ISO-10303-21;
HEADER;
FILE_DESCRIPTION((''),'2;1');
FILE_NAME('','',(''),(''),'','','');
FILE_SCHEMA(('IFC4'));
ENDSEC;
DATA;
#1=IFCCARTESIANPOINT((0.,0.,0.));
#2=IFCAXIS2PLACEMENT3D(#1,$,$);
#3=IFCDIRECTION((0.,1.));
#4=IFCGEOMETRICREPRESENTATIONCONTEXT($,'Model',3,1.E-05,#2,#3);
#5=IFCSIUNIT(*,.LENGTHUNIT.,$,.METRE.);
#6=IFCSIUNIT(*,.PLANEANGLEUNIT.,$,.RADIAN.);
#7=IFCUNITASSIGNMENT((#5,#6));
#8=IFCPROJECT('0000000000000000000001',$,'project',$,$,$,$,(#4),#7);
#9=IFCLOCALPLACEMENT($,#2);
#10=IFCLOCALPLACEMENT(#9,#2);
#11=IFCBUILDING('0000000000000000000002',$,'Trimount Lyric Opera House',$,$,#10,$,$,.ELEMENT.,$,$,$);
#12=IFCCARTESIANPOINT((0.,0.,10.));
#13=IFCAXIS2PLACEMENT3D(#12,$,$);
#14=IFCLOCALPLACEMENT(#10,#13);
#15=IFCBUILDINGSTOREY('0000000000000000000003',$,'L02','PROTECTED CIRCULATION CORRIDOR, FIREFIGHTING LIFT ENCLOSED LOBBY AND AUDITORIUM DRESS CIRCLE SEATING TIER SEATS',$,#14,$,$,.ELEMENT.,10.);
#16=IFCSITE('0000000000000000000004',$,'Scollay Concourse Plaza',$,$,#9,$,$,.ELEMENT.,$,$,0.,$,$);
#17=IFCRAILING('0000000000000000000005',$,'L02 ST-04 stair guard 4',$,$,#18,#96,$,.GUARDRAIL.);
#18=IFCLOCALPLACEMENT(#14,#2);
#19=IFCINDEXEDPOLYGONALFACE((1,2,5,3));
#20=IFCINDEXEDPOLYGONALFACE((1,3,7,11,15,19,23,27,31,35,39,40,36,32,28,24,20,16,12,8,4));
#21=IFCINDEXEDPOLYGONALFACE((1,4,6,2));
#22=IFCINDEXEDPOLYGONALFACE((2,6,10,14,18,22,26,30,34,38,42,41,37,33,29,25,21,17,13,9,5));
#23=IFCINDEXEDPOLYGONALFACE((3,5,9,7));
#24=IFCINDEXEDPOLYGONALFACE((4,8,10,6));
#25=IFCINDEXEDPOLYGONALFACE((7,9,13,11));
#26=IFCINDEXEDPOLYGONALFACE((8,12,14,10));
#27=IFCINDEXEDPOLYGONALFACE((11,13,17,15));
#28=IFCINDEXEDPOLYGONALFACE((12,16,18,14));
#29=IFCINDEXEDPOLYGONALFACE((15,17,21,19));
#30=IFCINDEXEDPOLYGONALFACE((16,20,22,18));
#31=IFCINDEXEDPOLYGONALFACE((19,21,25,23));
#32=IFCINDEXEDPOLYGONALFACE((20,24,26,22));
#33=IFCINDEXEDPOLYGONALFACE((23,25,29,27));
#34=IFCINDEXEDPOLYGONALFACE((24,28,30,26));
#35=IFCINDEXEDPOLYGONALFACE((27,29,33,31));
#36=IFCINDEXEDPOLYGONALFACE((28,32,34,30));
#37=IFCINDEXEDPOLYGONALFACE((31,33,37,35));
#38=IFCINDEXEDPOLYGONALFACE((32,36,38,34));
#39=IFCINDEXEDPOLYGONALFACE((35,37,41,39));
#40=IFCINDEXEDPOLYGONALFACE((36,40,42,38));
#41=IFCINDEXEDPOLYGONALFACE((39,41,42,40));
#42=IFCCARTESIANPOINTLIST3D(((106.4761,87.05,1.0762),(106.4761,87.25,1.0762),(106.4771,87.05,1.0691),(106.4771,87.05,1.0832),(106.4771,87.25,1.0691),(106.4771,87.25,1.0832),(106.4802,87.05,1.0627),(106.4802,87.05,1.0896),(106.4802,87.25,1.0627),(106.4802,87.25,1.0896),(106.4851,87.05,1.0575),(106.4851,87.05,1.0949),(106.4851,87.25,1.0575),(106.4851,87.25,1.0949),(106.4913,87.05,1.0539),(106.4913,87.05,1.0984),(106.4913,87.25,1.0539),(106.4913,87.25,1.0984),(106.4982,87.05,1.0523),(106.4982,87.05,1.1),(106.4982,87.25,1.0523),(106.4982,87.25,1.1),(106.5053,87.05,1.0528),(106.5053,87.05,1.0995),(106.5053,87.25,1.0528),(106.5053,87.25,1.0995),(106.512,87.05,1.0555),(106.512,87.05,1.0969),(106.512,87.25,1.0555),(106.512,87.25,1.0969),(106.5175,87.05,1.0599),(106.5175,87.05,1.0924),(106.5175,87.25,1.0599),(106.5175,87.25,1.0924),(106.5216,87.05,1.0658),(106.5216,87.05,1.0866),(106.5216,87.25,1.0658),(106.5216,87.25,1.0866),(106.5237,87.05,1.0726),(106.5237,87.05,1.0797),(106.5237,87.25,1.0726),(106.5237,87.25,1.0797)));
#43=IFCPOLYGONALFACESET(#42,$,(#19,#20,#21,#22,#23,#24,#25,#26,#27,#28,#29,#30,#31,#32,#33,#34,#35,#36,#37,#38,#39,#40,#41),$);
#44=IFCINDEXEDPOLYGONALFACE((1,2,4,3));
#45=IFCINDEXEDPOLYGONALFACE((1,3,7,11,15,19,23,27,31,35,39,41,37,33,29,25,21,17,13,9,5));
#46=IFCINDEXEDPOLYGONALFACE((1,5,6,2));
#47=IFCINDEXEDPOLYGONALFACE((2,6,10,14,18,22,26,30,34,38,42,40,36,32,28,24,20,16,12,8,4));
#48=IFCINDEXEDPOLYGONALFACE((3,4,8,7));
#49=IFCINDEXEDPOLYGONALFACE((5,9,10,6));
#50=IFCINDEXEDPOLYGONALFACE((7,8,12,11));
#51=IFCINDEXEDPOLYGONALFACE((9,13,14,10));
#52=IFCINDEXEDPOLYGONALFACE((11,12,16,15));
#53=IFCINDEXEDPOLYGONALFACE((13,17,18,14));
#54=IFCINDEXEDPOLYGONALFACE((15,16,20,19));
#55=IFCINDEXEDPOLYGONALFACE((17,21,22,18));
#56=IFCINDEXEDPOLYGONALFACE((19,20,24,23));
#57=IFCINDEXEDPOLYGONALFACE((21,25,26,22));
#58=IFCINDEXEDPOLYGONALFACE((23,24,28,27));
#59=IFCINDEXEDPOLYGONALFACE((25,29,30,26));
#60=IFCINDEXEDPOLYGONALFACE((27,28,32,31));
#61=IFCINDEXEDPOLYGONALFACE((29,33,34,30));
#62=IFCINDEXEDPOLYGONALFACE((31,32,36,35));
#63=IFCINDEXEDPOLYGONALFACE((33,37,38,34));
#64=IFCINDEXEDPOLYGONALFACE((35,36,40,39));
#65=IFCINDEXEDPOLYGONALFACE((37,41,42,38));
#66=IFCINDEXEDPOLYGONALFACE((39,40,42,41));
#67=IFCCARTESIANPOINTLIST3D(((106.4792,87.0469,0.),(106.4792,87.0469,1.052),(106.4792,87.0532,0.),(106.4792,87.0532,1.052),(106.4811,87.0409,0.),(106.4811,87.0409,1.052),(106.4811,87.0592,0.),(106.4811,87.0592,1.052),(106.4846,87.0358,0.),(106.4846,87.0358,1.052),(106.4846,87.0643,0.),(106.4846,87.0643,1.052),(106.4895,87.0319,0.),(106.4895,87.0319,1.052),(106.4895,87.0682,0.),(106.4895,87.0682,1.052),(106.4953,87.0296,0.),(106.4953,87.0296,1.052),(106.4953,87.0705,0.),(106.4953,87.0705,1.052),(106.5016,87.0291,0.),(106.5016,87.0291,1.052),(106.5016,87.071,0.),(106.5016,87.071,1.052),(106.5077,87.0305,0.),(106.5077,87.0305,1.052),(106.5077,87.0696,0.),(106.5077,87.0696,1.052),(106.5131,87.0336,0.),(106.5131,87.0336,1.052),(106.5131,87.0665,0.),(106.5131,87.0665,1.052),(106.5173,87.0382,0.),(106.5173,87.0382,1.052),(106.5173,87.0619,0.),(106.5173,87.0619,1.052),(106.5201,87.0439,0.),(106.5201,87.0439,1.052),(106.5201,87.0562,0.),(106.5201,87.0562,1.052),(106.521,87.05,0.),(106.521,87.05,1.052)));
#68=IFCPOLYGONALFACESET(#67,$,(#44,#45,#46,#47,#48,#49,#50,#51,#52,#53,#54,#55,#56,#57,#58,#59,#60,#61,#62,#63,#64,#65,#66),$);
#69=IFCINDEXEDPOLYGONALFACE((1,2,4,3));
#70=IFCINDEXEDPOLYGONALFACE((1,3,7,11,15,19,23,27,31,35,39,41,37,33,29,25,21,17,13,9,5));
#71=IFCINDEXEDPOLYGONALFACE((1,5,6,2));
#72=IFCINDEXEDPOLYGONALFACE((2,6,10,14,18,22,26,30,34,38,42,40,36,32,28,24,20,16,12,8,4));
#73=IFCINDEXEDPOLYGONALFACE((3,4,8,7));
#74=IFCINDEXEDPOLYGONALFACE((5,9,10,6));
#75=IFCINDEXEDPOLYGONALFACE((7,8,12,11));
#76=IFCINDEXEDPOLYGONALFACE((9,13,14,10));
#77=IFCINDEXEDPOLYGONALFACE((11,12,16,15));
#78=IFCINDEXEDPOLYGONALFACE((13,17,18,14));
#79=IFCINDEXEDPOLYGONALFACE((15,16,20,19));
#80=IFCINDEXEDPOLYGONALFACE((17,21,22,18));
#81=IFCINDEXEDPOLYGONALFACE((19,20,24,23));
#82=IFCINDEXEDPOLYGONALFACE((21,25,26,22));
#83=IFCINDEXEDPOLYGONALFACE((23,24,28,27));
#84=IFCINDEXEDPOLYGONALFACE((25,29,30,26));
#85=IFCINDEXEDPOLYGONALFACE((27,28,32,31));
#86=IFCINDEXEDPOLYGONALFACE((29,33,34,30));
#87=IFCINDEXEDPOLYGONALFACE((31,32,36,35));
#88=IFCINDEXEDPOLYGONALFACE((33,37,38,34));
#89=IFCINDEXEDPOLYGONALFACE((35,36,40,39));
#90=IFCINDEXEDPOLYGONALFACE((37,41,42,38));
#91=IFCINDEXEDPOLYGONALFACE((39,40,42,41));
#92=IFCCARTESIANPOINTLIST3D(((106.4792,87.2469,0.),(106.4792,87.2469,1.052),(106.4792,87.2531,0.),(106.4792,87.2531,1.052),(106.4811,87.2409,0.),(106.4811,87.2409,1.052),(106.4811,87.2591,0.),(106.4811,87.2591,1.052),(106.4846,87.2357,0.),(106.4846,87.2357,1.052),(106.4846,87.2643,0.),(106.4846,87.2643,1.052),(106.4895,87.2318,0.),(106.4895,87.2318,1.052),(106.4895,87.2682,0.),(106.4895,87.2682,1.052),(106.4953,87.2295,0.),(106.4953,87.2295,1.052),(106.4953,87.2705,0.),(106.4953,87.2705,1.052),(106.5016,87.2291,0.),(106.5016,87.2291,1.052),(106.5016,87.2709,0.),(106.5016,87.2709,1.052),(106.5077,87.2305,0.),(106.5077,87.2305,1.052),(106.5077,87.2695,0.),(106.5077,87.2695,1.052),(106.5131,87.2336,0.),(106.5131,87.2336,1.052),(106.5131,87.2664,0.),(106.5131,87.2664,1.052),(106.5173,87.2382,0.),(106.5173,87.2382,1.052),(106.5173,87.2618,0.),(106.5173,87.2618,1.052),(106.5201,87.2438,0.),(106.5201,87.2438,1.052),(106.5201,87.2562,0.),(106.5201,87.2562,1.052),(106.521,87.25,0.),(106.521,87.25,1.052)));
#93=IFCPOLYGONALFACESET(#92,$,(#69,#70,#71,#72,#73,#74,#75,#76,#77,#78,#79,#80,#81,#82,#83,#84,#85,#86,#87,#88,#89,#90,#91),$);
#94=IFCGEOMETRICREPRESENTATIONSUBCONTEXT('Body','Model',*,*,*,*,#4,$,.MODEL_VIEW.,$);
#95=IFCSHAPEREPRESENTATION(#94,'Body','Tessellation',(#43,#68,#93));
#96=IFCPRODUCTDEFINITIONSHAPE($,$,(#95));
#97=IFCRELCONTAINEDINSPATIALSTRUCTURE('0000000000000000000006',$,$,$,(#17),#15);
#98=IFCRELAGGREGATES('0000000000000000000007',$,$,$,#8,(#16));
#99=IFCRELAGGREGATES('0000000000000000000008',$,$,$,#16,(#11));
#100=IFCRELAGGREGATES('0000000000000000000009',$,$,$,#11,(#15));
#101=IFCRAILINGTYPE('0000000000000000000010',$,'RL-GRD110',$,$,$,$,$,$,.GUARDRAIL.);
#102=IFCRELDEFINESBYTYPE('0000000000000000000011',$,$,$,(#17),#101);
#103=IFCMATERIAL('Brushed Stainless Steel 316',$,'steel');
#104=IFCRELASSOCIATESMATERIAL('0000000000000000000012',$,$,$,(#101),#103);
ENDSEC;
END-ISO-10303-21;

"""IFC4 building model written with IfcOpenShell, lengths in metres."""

from ifc_helpers import new_model, si_unit, direction, frame, origin, origin_2d, place, context, subcontext, project, spatial, circle, extrude, material, type_object, element, save


model = new_model("IFC4")

# Units and contexts
model_context = context("Model", 3, precision=1e-05, world=origin(), true_north=direction((0.0, 1.0)))
body_context = subcontext(model_context, "Body", "Model", "MODEL_VIEW")
ifc_project = project(units=[si_unit("LENGTHUNIT", "METRE"), si_unit("PLANEANGLEUNIT", "RADIAN")], contexts=[model_context])

# Site, building, storey
site_placement = place(None, origin())
site = spatial("IfcSite", under=ifc_project, at=site_placement, Name="Scollay Concourse Plaza", CompositionType="ELEMENT", RefElevation=0.0)
building_placement = place(site_placement, origin())
building = spatial("IfcBuilding", under=site, at=building_placement, Name="Trimount Lyric Opera House", CompositionType="ELEMENT")
storey_placement = place(building_placement, frame((0.0, 0.0, 10.0)))
storey = spatial("IfcBuildingStorey", under=building, at=storey_placement, Name="L02", Description="PROTECTED CIRCULATION CORRIDOR, FIREFIGHTING LIFT ENCLOSED LOBBY AND AUDITORIUM DRESS CIRCLE SEATING TIER SEATS", CompositionType="ELEMENT", Elevation=10.0)

# Railing
ifc_material_1 = material(Name="Brushed Stainless Steel 316", Category="steel")
railing_type_1 = type_object("IfcRailingType", Name="RL-GRD110", PredefinedType="GUARDRAIL", material=ifc_material_1)
railing_1_placement = place(storey_placement, frame((106.5, 87.05, 0.0)))
element("IfcRailing", 1, at=railing_1_placement, inside=storey, type_object=railing_type_1, Name="L02 ST-04 stair guard 4", PredefinedType="GUARDRAIL", context=body_context, shape_type="SweptSolid", body=[
    extrude(circle(Radius=0.0239, at=origin_2d()), frame((0.0, 0.0, 1.0762), z_axis=(0.0, 1.0, 0.0), x_axis=(-1.0, 0.0, 0.0)), (0.0, 0.0, 1.0), 0.2),
    extrude(circle(Radius=0.021, at=origin_2d()), origin(), (0.0, 0.0, 1.0), 1.052),
    extrude(circle(Radius=0.021, at=origin_2d()), frame((0.0, 0.2, 0.0)), (0.0, 0.0, 1.0), 1.052),
])

save(model, "model.ifc")
